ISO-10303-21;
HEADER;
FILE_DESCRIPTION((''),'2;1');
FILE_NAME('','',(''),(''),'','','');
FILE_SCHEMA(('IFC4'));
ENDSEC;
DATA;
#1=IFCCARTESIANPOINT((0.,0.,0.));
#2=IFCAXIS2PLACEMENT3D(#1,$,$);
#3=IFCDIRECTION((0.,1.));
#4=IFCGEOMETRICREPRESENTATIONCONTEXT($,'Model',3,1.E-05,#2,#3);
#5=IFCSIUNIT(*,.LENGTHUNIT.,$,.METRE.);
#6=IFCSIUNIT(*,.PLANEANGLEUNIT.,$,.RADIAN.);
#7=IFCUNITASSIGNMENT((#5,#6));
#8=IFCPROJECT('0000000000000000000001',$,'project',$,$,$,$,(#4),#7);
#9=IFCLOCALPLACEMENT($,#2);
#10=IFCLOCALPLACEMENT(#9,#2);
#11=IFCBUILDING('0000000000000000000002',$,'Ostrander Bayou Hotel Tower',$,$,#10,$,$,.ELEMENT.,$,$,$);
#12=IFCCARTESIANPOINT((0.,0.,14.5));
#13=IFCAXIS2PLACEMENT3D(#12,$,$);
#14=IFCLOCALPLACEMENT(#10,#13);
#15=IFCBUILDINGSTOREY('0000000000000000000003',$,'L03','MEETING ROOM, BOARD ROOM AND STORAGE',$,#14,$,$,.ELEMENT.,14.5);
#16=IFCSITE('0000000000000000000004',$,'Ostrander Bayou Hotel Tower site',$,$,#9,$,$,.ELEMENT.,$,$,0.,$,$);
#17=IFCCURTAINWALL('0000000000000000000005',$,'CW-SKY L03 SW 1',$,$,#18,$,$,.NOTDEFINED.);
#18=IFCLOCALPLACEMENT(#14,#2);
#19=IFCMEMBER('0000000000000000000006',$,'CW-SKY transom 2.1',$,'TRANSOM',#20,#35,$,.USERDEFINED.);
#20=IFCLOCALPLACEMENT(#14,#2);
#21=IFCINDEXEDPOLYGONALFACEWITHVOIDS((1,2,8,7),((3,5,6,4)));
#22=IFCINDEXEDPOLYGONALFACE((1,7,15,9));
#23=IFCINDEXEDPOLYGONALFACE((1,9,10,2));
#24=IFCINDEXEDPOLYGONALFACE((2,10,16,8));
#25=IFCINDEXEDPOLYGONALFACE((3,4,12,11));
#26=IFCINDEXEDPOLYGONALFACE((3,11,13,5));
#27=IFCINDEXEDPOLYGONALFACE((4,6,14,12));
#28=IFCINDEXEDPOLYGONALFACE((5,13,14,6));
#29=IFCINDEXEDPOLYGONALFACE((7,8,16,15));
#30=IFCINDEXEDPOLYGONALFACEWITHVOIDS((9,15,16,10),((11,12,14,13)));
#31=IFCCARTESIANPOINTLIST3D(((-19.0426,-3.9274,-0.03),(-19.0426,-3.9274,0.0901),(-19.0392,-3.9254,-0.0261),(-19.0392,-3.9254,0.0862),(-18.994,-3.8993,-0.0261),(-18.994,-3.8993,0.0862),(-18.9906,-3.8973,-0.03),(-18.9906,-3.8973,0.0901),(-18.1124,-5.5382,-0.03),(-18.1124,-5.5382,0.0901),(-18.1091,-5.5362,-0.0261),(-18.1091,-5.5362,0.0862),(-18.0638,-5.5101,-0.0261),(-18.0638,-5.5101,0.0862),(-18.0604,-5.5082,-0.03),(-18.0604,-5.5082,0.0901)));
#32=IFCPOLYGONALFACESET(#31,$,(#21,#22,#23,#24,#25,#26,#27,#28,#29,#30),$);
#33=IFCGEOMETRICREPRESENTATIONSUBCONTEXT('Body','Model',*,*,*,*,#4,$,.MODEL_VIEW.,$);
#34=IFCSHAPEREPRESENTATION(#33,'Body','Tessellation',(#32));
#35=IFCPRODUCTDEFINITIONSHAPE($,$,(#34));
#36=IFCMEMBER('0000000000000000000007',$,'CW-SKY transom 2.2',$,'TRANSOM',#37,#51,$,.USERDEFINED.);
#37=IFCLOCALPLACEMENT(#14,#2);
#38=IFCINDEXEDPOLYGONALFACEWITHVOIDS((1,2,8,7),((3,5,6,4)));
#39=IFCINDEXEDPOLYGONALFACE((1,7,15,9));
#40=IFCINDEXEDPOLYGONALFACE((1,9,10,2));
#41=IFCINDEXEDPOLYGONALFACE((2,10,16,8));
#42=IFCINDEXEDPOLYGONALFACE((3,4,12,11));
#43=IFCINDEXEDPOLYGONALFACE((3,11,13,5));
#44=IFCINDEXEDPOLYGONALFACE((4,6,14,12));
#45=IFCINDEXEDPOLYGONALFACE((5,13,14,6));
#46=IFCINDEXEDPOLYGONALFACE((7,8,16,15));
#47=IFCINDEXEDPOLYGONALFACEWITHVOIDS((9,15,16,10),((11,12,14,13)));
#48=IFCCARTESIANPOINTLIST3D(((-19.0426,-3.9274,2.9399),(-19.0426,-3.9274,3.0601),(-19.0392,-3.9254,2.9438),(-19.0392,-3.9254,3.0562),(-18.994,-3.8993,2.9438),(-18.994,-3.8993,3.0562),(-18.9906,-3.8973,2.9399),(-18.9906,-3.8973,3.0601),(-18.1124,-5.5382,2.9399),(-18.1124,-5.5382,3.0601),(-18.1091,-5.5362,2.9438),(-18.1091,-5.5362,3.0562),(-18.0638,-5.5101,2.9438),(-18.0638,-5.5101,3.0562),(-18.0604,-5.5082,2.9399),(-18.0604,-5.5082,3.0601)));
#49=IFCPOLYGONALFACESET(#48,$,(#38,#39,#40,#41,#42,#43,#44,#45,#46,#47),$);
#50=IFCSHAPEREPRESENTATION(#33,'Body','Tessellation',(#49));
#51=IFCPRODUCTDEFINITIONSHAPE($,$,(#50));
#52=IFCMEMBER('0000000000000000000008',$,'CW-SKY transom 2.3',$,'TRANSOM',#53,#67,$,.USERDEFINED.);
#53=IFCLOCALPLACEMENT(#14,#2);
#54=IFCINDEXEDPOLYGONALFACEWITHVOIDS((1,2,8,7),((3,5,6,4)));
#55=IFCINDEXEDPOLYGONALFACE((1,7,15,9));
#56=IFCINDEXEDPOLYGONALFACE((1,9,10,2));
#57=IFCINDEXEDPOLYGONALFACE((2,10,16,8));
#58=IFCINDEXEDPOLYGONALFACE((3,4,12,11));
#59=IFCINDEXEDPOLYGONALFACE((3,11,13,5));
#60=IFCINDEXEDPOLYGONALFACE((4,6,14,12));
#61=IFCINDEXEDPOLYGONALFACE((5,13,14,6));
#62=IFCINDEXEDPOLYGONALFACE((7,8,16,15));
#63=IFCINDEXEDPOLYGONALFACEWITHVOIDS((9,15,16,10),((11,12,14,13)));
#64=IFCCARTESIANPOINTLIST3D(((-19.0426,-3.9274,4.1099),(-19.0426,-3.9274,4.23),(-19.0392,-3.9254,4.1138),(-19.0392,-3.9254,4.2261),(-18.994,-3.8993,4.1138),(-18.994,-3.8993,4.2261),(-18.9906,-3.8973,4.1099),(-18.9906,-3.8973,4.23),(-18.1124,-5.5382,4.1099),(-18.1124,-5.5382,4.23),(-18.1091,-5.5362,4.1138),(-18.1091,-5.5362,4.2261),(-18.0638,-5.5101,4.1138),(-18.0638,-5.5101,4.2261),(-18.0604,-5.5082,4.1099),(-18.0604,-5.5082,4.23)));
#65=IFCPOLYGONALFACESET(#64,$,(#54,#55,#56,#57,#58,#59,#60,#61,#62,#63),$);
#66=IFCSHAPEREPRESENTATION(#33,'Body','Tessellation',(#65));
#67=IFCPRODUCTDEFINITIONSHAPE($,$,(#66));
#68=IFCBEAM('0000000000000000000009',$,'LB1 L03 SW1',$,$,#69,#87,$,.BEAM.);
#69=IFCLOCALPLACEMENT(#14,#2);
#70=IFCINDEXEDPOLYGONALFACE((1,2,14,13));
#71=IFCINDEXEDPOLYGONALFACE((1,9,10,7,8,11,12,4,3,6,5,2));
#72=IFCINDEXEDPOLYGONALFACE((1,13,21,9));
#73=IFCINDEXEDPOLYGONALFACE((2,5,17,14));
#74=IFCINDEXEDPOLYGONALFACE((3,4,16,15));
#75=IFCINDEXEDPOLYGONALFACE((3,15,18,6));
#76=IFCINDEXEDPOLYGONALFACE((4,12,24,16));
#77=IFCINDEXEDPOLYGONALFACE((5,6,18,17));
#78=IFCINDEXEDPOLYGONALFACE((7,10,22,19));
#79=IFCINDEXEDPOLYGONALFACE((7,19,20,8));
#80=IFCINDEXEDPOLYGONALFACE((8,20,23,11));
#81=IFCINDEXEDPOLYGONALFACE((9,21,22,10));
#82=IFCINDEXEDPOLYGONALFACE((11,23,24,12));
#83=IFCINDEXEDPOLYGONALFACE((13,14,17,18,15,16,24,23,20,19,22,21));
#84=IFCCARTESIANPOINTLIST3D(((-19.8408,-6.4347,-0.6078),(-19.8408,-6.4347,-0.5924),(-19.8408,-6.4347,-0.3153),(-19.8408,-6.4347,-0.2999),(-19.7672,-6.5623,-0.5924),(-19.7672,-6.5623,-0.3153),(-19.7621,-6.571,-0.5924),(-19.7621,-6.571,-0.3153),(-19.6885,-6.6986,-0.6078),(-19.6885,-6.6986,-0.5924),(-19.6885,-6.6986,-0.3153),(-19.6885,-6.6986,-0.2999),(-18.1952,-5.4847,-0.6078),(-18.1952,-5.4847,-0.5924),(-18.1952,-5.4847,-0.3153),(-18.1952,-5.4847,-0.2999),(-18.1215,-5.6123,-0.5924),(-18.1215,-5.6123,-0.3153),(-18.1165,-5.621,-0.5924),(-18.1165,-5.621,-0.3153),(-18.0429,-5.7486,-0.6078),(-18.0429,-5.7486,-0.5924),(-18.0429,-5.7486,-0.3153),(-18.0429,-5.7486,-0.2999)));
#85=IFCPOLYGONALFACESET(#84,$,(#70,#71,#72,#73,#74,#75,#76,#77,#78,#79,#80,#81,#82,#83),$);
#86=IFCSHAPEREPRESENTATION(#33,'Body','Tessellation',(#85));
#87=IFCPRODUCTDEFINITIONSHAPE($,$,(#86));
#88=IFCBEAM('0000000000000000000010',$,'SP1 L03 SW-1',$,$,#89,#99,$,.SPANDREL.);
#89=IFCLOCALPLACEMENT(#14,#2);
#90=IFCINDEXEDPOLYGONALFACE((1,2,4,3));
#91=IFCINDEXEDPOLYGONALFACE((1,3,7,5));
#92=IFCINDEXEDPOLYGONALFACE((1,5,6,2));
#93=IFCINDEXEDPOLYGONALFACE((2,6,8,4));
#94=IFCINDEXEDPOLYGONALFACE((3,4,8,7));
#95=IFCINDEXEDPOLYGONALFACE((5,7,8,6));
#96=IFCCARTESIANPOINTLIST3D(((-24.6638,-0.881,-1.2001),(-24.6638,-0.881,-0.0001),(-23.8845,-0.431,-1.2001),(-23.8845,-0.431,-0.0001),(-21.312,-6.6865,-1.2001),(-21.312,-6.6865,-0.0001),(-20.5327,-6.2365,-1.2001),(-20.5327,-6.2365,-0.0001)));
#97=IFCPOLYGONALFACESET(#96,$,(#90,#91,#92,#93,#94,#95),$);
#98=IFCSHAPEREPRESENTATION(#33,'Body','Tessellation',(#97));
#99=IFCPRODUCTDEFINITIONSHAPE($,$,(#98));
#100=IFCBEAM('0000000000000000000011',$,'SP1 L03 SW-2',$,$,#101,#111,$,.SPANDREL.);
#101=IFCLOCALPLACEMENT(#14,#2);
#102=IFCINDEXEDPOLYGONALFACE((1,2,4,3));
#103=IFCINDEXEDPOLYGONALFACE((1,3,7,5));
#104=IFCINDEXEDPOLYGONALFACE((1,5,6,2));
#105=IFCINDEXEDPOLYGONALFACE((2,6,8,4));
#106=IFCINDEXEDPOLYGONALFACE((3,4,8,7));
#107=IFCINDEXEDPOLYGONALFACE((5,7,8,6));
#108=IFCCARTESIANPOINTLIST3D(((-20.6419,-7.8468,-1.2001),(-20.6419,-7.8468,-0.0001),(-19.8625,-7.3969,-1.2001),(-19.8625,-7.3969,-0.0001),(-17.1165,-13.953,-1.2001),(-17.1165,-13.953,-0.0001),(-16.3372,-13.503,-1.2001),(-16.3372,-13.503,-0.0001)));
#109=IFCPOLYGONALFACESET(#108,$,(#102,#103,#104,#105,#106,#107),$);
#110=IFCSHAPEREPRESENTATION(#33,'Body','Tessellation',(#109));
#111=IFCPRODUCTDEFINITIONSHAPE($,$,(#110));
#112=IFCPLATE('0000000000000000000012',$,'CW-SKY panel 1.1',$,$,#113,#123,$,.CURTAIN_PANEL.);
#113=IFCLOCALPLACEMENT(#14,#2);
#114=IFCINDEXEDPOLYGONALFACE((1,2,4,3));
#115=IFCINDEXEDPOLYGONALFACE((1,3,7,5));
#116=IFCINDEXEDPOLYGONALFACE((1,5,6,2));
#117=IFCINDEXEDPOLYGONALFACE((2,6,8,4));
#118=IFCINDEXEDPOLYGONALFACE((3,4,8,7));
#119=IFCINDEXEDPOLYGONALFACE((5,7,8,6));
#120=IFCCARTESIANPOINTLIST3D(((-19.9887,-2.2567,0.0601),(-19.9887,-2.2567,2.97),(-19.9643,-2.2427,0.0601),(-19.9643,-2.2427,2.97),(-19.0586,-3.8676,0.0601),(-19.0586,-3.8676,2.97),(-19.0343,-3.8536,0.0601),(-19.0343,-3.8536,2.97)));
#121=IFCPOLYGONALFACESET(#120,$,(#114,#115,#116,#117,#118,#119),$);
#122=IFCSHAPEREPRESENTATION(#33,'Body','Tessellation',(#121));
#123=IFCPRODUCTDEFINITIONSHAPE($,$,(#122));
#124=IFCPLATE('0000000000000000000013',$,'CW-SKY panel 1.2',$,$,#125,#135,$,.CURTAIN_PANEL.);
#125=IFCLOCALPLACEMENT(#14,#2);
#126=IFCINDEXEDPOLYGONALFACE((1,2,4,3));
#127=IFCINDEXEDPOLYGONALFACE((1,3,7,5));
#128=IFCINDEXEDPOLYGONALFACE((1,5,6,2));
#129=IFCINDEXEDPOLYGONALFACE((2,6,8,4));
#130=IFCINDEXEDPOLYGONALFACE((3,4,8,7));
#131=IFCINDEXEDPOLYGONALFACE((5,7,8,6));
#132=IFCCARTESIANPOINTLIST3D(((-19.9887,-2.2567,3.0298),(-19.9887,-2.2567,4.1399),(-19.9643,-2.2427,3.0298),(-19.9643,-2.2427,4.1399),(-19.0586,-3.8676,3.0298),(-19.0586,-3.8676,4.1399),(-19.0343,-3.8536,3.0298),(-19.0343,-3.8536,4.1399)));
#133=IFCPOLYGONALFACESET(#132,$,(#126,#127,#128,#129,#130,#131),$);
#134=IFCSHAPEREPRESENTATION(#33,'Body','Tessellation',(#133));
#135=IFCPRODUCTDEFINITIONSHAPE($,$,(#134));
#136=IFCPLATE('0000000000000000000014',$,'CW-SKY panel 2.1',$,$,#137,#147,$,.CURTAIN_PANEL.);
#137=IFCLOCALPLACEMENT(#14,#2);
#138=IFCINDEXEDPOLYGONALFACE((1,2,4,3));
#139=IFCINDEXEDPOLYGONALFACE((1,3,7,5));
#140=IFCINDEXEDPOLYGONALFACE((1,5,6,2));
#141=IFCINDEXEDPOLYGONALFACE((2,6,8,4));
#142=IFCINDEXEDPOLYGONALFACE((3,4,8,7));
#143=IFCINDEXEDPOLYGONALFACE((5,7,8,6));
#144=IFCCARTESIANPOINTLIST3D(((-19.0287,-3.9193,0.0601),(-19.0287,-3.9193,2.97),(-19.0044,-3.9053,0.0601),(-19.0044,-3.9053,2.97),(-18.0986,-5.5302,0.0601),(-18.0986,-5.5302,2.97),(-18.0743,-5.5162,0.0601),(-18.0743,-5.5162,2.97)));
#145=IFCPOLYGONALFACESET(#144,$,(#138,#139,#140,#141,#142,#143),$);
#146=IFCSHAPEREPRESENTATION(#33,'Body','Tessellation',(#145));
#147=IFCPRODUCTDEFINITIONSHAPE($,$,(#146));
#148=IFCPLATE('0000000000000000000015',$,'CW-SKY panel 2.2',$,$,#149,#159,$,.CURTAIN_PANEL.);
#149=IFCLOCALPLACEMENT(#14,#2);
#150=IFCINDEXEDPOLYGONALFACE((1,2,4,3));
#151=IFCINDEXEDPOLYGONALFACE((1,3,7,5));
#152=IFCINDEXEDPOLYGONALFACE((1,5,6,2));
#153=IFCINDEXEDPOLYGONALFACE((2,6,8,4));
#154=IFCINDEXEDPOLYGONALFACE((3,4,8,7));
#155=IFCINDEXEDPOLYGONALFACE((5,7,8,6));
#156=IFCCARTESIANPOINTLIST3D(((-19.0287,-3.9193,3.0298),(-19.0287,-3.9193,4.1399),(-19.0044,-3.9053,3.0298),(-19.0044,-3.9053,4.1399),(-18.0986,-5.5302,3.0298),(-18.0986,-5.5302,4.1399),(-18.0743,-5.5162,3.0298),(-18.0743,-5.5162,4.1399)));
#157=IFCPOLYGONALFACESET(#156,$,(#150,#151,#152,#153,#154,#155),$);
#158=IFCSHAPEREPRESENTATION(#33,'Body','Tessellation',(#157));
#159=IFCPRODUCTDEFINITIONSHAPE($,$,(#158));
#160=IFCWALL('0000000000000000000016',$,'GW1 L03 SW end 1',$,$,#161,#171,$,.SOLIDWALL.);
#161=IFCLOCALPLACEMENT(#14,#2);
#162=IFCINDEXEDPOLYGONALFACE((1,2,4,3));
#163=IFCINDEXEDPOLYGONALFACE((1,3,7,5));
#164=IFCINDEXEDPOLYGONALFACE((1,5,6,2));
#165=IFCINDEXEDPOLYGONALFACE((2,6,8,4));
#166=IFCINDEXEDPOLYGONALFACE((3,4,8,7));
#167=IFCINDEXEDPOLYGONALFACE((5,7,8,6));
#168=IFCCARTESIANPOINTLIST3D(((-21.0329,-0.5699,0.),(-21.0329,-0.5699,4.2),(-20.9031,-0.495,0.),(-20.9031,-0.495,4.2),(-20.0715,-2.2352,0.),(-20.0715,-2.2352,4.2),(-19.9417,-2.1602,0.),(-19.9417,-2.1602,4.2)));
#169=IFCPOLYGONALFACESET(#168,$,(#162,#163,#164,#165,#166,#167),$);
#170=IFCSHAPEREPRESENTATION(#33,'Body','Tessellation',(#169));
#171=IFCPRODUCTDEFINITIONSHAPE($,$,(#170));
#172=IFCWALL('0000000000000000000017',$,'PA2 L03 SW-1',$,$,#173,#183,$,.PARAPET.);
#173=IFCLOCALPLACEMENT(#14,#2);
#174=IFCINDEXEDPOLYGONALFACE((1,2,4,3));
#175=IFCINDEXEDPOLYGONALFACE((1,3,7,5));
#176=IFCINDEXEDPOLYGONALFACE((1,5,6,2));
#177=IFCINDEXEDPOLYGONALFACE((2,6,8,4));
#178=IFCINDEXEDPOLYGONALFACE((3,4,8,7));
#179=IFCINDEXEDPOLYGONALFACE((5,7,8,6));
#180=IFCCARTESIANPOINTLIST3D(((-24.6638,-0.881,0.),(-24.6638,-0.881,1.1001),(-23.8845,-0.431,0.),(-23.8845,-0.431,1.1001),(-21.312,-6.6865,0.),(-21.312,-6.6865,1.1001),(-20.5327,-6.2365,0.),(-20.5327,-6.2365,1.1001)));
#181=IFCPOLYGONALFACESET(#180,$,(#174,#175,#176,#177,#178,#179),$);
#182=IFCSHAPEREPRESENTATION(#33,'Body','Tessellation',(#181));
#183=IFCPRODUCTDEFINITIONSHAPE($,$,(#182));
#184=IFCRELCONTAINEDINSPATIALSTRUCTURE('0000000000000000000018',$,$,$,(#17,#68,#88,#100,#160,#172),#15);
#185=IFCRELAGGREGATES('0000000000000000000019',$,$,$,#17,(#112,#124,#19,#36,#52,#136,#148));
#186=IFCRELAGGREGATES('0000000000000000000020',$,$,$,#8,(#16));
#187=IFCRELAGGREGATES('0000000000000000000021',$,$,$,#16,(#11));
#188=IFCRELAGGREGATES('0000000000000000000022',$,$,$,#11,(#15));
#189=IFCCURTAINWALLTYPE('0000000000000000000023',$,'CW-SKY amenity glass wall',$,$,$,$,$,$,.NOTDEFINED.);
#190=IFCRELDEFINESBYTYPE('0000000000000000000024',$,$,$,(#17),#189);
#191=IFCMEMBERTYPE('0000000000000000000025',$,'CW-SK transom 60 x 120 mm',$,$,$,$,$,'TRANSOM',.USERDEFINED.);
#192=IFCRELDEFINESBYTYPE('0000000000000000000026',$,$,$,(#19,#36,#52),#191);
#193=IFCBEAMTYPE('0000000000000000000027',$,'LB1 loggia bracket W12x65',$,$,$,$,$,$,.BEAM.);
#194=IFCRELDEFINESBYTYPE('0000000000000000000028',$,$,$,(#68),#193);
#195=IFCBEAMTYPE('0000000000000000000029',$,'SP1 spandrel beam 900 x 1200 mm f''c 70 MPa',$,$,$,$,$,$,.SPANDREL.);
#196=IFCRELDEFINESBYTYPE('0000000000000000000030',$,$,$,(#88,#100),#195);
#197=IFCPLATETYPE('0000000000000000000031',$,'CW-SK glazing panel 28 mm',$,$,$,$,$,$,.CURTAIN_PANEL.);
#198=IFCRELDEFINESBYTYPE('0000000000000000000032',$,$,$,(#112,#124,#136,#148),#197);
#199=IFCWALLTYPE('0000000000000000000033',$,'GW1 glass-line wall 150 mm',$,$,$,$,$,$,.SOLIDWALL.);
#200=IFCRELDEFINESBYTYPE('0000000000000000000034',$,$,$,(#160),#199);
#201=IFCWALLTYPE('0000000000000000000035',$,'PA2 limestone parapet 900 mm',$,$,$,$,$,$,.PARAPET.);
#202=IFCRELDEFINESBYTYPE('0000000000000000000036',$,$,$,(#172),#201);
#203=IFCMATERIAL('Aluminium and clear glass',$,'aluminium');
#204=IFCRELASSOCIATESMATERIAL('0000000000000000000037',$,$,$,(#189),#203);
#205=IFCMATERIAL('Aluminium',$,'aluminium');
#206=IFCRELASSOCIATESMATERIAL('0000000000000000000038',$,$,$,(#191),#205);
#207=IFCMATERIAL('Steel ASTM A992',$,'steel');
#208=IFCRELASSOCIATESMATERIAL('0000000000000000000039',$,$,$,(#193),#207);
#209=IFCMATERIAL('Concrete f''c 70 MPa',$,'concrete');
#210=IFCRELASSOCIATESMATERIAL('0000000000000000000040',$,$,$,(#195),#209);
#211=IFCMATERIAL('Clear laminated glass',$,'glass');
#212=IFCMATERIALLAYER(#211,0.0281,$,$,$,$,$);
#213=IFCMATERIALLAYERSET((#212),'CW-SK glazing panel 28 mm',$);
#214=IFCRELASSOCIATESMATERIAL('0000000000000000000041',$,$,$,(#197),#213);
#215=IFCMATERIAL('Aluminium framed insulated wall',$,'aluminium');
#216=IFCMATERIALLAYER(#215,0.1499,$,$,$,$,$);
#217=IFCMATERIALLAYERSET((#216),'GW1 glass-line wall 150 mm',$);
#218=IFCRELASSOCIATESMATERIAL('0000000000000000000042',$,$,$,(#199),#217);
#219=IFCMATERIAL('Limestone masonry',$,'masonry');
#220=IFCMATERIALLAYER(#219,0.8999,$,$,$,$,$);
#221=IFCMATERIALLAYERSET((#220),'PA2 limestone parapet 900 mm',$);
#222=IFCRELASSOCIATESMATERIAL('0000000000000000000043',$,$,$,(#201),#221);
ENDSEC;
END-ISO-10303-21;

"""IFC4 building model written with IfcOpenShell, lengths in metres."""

from ifc_helpers import new_model, si_unit, direction, frame, frame_2d, origin, origin_2d, place, context, subcontext, project, spatial, rectangle, hollow_rectangle, i_section, extrude, material, layer, layer_set, material_profile, profile_set, type_object, element, aggregate, save


model = new_model("IFC4")

# Units and contexts
model_context = context("Model", 3, precision=1e-05, world=origin(), true_north=direction((0.0, 1.0)))
body_context = subcontext(model_context, "Body", "Model", "MODEL_VIEW")
ifc_project = project(units=[si_unit("LENGTHUNIT", "METRE"), si_unit("PLANEANGLEUNIT", "RADIAN")], contexts=[model_context])

# Site, building, storey
site_placement = place(None, origin())
site = spatial("IfcSite", under=ifc_project, at=site_placement, Name="Ostrander Bayou Hotel Tower site", CompositionType="ELEMENT", RefElevation=0.0)
building_placement = place(site_placement, origin())
building = spatial("IfcBuilding", under=site, at=building_placement, Name="Ostrander Bayou Hotel Tower", CompositionType="ELEMENT")
storey_placement = place(building_placement, frame((0.0, 0.0, 14.5)))
storey = spatial("IfcBuildingStorey", under=building, at=storey_placement, Name="L03", Description="MEETING ROOM, BOARD ROOM AND STORAGE", CompositionType="ELEMENT", Elevation=14.5)

# Curtain wall
ifc_material_1 = material(Name="Aluminium and clear glass", Category="aluminium")
curtain_wall_type = type_object("IfcCurtainWallType", Name="CW-SKY amenity glass wall", PredefinedType="NOTDEFINED", material=ifc_material_1)
curtain_wall_1_placement = place(storey_placement, origin())
curtain_wall_1 = element("IfcCurtainWall", 1, at=curtain_wall_1_placement, inside=storey, type_object=curtain_wall_type, Name="CW-SKY L03 SW 1", PredefinedType="NOTDEFINED")

# Members
ifc_material_2 = material(Name="Aluminium", Category="aluminium")
ifc_material_profile_1 = material_profile(ifc_material_2, hollow_rectangle(XDim=0.0601, YDim=0.1201, WallThickness=0.0039, at=origin_2d()))
ifc_profile_set_1 = profile_set([ifc_material_profile_1], Name="Aluminium")
member_type_1 = type_object("IfcMemberType", Name="CW-SK transom 60 x 120 mm", ElementType="TRANSOM", PredefinedType="USERDEFINED", material=ifc_profile_set_1)
member_1_placement = place(storey_placement, frame((-19.0166, -3.9124, 0.03), z_axis=(0.500063, -0.865989, 0.0), x_axis=(0.865989, 0.500063, 0.0)))
member_1 = element("IfcMember", 2, at=member_1_placement, type_object=member_type_1, Name="CW-SKY transom 2.1", ObjectType="TRANSOM", PredefinedType="USERDEFINED", context=body_context, shape_type="SweptSolid", body=[
    extrude(hollow_rectangle(XDim=0.0601, YDim=0.1201, WallThickness=0.0039, at=origin_2d()), origin(), (0.0, 0.0, 1.0), 1.8601),
])
member_2_placement = place(storey_placement, frame((-19.0166, -3.9124, 3.0), z_axis=(0.500063, -0.865989, 0.0), x_axis=(0.865989, 0.500063, 0.0)))
member_2 = element("IfcMember", 3, at=member_2_placement, type_object=member_type_1, Name="CW-SKY transom 2.2", ObjectType="TRANSOM", PredefinedType="USERDEFINED", context=body_context, shape_type="SweptSolid", body=[
    extrude(hollow_rectangle(XDim=0.0601, YDim=0.1201, WallThickness=0.0039, at=origin_2d()), origin(), (0.0, 0.0, 1.0), 1.8601),
])
member_3_placement = place(storey_placement, frame((-19.0166, -3.9124, 4.1699), z_axis=(0.500063, -0.865989, 0.0), x_axis=(0.865989, 0.500063, 0.0)))
member_3 = element("IfcMember", 4, at=member_3_placement, type_object=member_type_1, Name="CW-SKY transom 2.3", ObjectType="TRANSOM", PredefinedType="USERDEFINED", context=body_context, shape_type="SweptSolid", body=[
    extrude(hollow_rectangle(XDim=0.0601, YDim=0.1201, WallThickness=0.0039, at=origin_2d()), origin(), (0.0, 0.0, 1.0), 1.8601),
])

# Beams
ifc_material_3 = material(Name="Steel ASTM A992", Category="steel")
ifc_material_profile_2 = material_profile(ifc_material_3, i_section(OverallWidth=0.3047, OverallDepth=0.3079, WebThickness=0.01, FlangeThickness=0.0154, at=origin_2d()))
ifc_profile_set_2 = profile_set([ifc_material_profile_2], Name="Steel ASTM A992")
beam_type_1 = type_object("IfcBeamType", Name="LB1 loggia bracket W12x65", PredefinedType="BEAM", material=ifc_profile_set_2)
beam_1_placement = place(storey_placement, frame((-19.7646, -6.5667, -0.4539), z_axis=(0.866044, 0.499967, 0.0), x_axis=(-0.499967, 0.866044, 0.0)))
element("IfcBeam", 5, at=beam_1_placement, inside=storey, type_object=beam_type_1, Name="LB1 L03 SW1", PredefinedType="BEAM", context=body_context, shape_type="SweptSolid", body=[
    extrude(i_section(OverallWidth=0.3047, OverallDepth=0.3079, WebThickness=0.01, FlangeThickness=0.0154, at=origin_2d()), origin(), (0.0, 0.0, 1.0), 1.9001),
])
ifc_material_4 = material(Name="Concrete f'c 70 MPa", Category="concrete")
ifc_material_profile_3 = material_profile(ifc_material_4, rectangle(XDim=0.8999, YDim=1.2, at=origin_2d()))
ifc_profile_set_3 = profile_set([ifc_material_profile_3], Name="Concrete f'c 70 MPa")
beam_type_2 = type_object("IfcBeamType", Name="SP1 spandrel beam 900 x 1200 mm f'c 70 MPa", PredefinedType="SPANDREL", material=ifc_profile_set_3)
beam_2_placement = place(storey_placement, frame((-24.2742, -0.656, -0.6001), z_axis=(0.500005, -0.866022, 0.0), x_axis=(0.866022, 0.500005, 0.0)))
element("IfcBeam", 6, at=beam_2_placement, inside=storey, type_object=beam_type_2, Name="SP1 L03 SW-1", PredefinedType="SPANDREL", context=body_context, shape_type="SweptSolid", body=[
    extrude(rectangle(XDim=0.8999, YDim=1.2, at=origin_2d()), origin(), (0.0, 0.0, 1.0), 6.7036),
])
beam_3_placement = place(storey_placement, frame((-20.2522, -7.6218, -0.6001), z_axis=(0.499997, -0.866027, 0.0), x_axis=(0.866027, 0.499997, 0.0)))
element("IfcBeam", 7, at=beam_3_placement, inside=storey, type_object=beam_type_2, Name="SP1 L03 SW-2", PredefinedType="SPANDREL", context=body_context, shape_type="SweptSolid", body=[
    extrude(rectangle(XDim=0.8999, YDim=1.2, at=origin_2d()), origin(), (0.0, 0.0, 1.0), 7.0508),
])

# Plates
ifc_material_5 = material(Name="Clear laminated glass", Category="glass")
ifc_layer_1 = layer(ifc_material_5, 0.0281)
ifc_layer_set_1 = layer_set([ifc_layer_1], Name="CW-SK glazing panel 28 mm")
plate_type = type_object("IfcPlateType", Name="CW-SK glazing panel 28 mm", PredefinedType="CURTAIN_PANEL", material=ifc_layer_set_1)
plate_1_placement = place(storey_placement, frame((-19.5115, -3.0552, 0.0601), z_axis=(0.0, 0.0, 1.0), x_axis=(0.5, -0.866025, 0.0)))
plate_1 = element("IfcPlate", 8, at=plate_1_placement, type_object=plate_type, Name="CW-SKY panel 1.1", PredefinedType="CURTAIN_PANEL", context=body_context, shape_type="SweptSolid", body=[
    extrude(rectangle(XDim=1.8601, YDim=0.0281, at=origin_2d()), origin(), (0.0, 0.0, 1.0), 2.9099),
])
plate_2_placement = place(storey_placement, frame((-19.5115, -3.0552, 3.0298), z_axis=(0.0, 0.0, 1.0), x_axis=(0.5, -0.866025, 0.0)))
plate_2 = element("IfcPlate", 9, at=plate_2_placement, type_object=plate_type, Name="CW-SKY panel 1.2", PredefinedType="CURTAIN_PANEL", context=body_context, shape_type="SweptSolid", body=[
    extrude(rectangle(XDim=1.8601, YDim=0.0281, at=origin_2d()), origin(), (0.0, 0.0, 1.0), 1.1101),
])
plate_3_placement = place(storey_placement, frame((-18.5515, -4.7178, 0.0601), z_axis=(0.0, 0.0, 1.0), x_axis=(0.5, -0.866025, 0.0)))
plate_3 = element("IfcPlate", 10, at=plate_3_placement, type_object=plate_type, Name="CW-SKY panel 2.1", PredefinedType="CURTAIN_PANEL", context=body_context, shape_type="SweptSolid", body=[
    extrude(rectangle(XDim=1.8601, YDim=0.0281, at=origin_2d()), origin(), (0.0, 0.0, 1.0), 2.9099),
])
plate_4_placement = place(storey_placement, frame((-18.5515, -4.7178, 3.0298), z_axis=(0.0, 0.0, 1.0), x_axis=(0.5, -0.866025, 0.0)))
plate_4 = element("IfcPlate", 11, at=plate_4_placement, type_object=plate_type, Name="CW-SKY panel 2.2", PredefinedType="CURTAIN_PANEL", context=body_context, shape_type="SweptSolid", body=[
    extrude(rectangle(XDim=1.8601, YDim=0.0281, at=origin_2d()), origin(), (0.0, 0.0, 1.0), 1.1101),
])
aggregate(curtain_wall_1, [plate_1, plate_2, member_1, member_2, member_3, plate_3, plate_4])

# Shared definitions
ifc_material_6 = material(Name="Aluminium framed insulated wall", Category="aluminium")
ifc_layer_2 = layer(ifc_material_6, 0.1499)
ifc_layer_set_2 = layer_set([ifc_layer_2], Name="GW1 glass-line wall 150 mm")
wall_type_1 = type_object("IfcWallType", Name="GW1 glass-line wall 150 mm", PredefinedType="SOLIDWALL", material=ifc_layer_set_2)

# Walls
wall_1_placement = place(storey_placement, frame((-20.968, -0.5325, 0.0), z_axis=(0.0, 0.0, 1.0), x_axis=(0.49999, -0.866031, 0.0)))
element("IfcWall", 12, at=wall_1_placement, inside=storey, type_object=wall_type_1, Name="GW1 L03 SW end 1", PredefinedType="SOLIDWALL", context=body_context, shape_type="SweptSolid", body=[
    extrude(rectangle(XDim=1.9229, YDim=0.1499, at=frame_2d((0.9614, 0.0))), origin(), (0.0, 0.0, 1.0), 4.2),
])
ifc_material_7 = material(Name="Limestone masonry", Category="masonry")
ifc_layer_3 = layer(ifc_material_7, 0.8999)
ifc_layer_set_3 = layer_set([ifc_layer_3], Name="PA2 limestone parapet 900 mm")
wall_type_2 = type_object("IfcWallType", Name="PA2 limestone parapet 900 mm", PredefinedType="PARAPET", material=ifc_layer_set_3)
wall_2_placement = place(storey_placement, frame((-24.2742, -0.656, 0.0), z_axis=(0.0, 0.0, 1.0), x_axis=(0.500005, -0.866022, 0.0)))
element("IfcWall", 13, at=wall_2_placement, inside=storey, type_object=wall_type_2, Name="PA2 L03 SW-1", PredefinedType="PARAPET", context=body_context, shape_type="SweptSolid", body=[
    extrude(rectangle(XDim=6.7036, YDim=0.8999, at=frame_2d((3.3518, 0.0))), origin(), (0.0, 0.0, 1.0), 1.1001),
])

save(model, "model.ifc")
